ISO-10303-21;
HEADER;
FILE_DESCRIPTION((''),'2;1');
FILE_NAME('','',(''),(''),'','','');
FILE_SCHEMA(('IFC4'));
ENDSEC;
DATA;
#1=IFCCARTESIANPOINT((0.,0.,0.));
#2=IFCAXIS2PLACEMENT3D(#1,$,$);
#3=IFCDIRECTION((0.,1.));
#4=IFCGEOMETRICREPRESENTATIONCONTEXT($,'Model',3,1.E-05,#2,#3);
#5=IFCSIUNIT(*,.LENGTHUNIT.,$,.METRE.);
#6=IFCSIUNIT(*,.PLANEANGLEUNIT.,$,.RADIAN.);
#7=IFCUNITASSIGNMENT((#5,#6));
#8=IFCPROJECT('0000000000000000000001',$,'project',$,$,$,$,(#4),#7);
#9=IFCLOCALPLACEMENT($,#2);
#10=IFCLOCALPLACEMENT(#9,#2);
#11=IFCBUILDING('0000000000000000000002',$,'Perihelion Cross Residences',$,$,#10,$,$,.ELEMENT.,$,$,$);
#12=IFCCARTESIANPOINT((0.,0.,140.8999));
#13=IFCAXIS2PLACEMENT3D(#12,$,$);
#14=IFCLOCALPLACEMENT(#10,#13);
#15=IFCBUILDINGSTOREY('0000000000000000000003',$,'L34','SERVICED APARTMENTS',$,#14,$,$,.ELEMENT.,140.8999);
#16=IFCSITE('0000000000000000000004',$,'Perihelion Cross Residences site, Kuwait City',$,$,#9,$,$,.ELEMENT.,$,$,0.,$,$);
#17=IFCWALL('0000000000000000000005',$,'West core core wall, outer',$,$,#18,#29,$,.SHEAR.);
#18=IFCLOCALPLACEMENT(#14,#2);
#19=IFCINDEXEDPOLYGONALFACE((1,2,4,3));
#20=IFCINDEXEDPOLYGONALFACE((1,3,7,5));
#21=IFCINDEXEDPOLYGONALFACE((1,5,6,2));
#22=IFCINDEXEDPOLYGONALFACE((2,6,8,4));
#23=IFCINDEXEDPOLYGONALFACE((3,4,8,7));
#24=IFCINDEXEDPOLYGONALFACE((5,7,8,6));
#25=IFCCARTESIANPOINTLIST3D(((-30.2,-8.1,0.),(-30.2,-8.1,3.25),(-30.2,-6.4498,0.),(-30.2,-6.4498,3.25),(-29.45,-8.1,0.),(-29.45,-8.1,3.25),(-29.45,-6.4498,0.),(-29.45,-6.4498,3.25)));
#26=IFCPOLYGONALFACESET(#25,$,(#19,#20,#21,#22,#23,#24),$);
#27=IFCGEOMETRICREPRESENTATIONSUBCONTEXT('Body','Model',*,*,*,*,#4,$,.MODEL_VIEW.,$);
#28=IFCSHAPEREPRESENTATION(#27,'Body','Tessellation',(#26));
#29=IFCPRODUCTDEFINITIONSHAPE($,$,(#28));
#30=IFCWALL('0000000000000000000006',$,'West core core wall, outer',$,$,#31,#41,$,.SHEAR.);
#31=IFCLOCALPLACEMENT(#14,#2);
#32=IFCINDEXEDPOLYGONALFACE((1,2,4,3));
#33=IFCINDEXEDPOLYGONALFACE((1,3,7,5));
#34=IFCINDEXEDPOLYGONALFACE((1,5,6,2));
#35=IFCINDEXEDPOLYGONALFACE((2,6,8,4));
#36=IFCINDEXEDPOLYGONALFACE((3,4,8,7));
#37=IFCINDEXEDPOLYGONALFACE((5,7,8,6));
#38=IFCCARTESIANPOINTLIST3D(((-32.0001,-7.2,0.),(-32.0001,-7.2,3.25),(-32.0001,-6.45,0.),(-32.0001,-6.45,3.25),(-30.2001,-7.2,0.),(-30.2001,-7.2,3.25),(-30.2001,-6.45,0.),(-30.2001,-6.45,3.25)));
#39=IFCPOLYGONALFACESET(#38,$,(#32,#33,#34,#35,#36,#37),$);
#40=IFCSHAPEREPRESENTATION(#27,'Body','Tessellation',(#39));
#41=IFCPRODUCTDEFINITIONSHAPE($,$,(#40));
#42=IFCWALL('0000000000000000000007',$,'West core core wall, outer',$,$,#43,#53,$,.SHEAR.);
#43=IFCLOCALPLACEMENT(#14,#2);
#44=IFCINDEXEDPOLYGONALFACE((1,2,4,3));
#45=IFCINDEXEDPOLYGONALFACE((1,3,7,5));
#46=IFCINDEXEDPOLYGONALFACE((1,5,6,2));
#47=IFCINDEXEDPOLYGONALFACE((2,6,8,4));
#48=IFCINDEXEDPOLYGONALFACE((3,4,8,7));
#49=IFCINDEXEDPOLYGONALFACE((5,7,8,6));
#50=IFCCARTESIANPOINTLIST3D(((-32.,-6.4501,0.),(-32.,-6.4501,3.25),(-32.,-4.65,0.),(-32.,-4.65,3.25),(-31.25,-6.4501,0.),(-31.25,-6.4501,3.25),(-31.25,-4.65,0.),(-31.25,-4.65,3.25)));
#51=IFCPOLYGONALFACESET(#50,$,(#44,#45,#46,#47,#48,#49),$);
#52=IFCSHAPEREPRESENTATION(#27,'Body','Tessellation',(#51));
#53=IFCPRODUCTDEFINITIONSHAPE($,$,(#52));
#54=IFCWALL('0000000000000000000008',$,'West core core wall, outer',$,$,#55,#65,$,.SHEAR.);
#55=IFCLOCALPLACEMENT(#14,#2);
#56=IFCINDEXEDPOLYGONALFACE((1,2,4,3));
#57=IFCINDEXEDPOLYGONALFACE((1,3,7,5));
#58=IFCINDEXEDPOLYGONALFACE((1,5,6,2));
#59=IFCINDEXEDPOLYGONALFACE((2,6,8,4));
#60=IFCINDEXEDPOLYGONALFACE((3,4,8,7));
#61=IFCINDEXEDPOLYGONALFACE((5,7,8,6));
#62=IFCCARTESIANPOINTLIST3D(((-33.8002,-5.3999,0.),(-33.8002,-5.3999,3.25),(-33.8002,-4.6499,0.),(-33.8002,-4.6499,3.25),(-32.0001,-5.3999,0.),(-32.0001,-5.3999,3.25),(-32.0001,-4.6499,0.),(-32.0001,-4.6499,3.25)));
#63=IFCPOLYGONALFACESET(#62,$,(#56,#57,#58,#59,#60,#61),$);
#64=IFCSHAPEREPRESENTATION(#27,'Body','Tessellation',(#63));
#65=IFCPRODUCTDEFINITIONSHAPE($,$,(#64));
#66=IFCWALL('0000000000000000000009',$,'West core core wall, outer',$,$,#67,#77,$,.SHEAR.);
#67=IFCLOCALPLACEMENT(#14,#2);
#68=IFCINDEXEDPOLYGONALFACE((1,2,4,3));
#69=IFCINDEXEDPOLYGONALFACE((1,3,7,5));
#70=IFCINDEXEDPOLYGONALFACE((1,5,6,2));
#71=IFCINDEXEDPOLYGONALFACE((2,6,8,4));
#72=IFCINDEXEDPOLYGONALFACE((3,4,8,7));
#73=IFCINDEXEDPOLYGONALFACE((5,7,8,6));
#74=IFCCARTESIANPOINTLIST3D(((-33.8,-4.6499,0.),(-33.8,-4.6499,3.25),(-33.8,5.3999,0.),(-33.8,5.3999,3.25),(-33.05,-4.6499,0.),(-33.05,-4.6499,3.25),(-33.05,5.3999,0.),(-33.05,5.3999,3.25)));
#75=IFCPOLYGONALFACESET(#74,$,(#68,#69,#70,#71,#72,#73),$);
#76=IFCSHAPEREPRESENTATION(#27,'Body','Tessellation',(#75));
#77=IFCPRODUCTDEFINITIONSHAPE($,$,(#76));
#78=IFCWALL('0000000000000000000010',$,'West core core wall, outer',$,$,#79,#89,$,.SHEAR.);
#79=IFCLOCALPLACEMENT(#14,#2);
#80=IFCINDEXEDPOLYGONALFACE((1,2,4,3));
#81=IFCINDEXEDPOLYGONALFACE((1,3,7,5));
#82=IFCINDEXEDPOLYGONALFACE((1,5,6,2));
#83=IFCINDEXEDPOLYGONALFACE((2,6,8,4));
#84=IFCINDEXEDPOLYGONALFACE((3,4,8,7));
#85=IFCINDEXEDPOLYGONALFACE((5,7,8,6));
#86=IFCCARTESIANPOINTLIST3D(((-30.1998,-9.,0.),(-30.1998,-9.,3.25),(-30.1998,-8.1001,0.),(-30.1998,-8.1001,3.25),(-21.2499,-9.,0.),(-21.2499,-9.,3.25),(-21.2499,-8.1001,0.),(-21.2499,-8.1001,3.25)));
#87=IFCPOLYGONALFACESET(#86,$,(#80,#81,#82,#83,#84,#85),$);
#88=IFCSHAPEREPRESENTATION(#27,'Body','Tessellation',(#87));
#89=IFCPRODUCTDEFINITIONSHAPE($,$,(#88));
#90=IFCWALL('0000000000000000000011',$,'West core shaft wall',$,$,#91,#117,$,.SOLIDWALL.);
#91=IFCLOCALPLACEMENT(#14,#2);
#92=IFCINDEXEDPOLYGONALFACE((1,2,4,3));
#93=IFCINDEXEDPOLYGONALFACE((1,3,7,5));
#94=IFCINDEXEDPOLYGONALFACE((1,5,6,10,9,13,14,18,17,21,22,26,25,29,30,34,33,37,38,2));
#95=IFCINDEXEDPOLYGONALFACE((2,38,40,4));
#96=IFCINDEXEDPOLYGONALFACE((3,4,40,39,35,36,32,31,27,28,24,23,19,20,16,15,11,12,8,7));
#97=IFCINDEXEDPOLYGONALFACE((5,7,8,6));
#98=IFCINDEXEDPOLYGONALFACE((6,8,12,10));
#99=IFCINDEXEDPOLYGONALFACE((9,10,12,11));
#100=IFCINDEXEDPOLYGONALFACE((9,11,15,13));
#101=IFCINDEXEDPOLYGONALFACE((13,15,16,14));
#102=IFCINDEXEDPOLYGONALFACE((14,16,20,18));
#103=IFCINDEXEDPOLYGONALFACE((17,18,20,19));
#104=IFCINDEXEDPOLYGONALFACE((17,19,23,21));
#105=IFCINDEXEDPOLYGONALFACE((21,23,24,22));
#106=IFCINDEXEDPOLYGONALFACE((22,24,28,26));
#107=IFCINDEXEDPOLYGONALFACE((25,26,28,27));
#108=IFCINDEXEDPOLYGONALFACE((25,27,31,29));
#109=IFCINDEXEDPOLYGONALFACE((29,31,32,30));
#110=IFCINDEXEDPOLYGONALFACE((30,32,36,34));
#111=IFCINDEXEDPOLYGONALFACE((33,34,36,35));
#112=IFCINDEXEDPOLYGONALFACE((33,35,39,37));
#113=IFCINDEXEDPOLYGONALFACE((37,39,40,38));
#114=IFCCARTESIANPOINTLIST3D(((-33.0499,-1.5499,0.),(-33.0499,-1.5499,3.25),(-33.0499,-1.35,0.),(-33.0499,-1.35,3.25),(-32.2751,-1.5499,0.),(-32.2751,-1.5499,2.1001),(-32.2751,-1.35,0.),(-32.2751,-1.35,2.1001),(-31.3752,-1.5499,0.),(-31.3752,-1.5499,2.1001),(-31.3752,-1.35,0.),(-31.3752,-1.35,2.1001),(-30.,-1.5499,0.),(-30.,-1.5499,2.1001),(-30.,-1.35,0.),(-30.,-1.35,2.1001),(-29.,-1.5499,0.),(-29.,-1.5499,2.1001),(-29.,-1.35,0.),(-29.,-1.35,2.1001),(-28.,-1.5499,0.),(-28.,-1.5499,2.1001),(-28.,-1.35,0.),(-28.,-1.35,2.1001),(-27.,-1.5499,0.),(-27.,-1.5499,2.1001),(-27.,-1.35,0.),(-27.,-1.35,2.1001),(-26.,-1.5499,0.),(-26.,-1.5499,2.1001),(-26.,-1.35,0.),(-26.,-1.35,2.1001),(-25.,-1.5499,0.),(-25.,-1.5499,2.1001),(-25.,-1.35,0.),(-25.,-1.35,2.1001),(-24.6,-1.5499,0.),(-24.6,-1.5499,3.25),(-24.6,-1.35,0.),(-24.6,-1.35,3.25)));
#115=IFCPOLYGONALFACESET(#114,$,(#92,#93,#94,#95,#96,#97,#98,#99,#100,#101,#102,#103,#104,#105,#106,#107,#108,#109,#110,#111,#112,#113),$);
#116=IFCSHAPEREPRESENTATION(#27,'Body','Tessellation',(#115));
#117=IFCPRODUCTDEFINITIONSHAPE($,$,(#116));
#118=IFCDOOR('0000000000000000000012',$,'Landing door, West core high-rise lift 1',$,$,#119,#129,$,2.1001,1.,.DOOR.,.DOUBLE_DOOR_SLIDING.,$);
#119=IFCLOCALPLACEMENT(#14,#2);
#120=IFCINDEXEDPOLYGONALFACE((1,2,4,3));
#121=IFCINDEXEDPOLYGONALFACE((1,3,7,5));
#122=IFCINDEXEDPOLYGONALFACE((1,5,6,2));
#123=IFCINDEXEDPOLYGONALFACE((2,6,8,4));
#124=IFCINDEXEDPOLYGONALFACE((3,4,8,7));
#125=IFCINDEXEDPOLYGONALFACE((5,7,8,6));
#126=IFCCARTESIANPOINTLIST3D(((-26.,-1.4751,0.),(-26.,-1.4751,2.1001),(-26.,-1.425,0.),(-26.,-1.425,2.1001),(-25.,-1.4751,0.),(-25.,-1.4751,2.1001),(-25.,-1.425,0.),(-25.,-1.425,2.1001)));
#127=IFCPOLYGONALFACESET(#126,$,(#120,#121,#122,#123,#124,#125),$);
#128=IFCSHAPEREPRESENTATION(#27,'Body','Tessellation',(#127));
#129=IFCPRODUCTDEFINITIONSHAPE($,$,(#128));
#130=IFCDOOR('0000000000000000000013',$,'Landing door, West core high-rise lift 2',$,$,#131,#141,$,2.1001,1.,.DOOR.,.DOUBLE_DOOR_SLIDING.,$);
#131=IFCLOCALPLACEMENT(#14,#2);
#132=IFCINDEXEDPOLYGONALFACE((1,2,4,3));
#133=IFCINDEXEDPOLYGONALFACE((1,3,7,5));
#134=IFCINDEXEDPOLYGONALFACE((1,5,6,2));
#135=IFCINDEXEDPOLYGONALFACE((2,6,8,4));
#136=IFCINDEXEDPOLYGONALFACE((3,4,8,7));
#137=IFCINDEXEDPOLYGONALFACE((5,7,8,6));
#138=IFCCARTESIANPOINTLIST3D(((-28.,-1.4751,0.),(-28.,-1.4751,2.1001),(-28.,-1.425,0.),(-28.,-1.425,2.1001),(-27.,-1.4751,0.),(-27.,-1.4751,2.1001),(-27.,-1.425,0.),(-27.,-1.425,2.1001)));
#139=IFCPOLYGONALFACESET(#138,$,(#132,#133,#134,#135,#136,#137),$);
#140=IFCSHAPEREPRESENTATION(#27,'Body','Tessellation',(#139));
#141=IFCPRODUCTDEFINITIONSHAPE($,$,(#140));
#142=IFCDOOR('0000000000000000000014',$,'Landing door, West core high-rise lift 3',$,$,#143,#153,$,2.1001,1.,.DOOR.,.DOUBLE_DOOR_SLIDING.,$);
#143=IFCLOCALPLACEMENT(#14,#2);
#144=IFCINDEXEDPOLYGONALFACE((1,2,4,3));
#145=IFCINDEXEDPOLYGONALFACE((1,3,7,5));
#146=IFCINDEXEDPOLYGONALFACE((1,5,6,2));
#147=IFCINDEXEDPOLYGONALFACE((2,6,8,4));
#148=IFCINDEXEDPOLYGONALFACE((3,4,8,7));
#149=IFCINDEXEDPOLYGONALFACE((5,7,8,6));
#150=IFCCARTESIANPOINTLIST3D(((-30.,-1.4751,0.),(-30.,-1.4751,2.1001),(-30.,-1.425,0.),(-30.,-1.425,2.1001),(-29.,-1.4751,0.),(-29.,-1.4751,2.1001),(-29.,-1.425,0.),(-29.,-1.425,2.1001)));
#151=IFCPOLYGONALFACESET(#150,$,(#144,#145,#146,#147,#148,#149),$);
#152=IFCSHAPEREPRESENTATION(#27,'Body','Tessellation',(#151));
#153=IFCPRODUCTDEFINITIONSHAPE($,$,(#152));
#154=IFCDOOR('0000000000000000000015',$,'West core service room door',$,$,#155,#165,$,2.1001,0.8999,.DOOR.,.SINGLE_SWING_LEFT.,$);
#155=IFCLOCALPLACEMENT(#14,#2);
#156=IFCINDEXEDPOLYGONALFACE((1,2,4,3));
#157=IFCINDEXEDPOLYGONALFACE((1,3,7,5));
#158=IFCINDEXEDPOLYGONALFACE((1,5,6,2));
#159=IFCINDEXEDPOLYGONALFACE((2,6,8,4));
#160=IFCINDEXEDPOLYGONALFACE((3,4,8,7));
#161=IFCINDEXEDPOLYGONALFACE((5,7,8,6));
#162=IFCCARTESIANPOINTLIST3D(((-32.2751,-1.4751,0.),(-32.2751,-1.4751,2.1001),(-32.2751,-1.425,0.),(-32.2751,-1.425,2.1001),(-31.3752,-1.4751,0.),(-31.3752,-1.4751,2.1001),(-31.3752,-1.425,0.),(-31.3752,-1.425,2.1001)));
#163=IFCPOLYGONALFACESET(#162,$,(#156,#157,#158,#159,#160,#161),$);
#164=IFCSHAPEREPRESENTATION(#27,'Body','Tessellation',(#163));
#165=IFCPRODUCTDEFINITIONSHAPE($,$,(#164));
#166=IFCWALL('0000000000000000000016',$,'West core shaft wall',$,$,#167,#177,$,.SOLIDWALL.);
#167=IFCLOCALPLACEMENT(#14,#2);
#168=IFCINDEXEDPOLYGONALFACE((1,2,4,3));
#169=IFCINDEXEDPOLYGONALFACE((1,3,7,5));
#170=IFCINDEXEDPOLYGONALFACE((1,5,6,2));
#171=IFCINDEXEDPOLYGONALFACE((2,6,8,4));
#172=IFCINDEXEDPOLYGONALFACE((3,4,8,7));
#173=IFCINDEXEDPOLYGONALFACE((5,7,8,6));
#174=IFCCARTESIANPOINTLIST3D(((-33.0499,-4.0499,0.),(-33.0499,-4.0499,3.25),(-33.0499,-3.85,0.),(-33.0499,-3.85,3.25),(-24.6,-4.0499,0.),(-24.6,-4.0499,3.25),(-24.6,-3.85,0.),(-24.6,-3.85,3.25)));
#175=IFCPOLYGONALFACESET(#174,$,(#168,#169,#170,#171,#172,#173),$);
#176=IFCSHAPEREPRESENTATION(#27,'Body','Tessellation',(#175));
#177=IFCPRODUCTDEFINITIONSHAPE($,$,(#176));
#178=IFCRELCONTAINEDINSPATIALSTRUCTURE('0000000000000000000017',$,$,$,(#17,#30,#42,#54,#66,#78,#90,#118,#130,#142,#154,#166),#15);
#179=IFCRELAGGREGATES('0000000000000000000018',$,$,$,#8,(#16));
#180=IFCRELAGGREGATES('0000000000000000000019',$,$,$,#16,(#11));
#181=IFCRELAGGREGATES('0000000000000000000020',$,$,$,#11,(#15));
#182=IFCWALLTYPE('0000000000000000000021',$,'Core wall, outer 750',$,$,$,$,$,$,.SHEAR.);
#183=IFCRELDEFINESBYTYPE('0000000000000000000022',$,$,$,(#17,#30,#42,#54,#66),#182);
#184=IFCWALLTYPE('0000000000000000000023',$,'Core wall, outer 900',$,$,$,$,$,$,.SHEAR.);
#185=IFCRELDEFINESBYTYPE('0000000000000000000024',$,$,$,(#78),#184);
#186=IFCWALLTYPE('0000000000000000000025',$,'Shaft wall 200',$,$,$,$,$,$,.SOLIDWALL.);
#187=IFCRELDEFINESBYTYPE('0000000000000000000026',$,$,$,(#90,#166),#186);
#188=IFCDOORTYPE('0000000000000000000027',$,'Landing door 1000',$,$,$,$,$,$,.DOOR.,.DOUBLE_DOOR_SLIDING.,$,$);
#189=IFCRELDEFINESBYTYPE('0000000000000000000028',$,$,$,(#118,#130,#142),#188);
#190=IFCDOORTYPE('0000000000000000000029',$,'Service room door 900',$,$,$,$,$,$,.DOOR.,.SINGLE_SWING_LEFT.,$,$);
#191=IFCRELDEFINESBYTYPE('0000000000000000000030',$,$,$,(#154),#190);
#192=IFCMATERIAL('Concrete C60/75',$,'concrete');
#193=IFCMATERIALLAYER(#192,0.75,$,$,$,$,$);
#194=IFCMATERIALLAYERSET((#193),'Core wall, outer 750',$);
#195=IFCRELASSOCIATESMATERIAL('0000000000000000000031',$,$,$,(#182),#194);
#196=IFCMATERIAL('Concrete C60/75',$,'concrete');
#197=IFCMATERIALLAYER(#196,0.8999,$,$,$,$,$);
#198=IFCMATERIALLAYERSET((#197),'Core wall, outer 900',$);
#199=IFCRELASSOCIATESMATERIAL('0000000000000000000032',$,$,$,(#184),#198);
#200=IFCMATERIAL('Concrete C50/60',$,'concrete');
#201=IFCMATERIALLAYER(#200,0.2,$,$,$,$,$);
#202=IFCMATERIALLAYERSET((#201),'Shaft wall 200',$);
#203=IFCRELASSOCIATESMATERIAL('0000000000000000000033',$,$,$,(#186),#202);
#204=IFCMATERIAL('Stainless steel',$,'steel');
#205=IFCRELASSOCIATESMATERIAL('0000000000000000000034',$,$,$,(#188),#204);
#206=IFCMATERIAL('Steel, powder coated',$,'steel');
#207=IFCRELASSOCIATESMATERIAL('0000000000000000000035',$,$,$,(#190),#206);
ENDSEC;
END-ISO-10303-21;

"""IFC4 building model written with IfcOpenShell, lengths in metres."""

from ifc_helpers import new_model, si_unit, direction, frame, frame_2d, origin, place, context, subcontext, project, spatial, rectangle, extrude, material, layer, layer_set, type_object, element, fill, save


model = new_model("IFC4")

# Units and contexts
model_context = context("Model", 3, precision=1e-05, world=origin(), true_north=direction((0.0, 1.0)))
body_context = subcontext(model_context, "Body", "Model", "MODEL_VIEW")
ifc_project = project(units=[si_unit("LENGTHUNIT", "METRE"), si_unit("PLANEANGLEUNIT", "RADIAN")], contexts=[model_context])

# Site, building, storey
site_placement = place(None, origin())
site = spatial("IfcSite", under=ifc_project, at=site_placement, Name="Perihelion Cross Residences site, Kuwait City", CompositionType="ELEMENT", RefElevation=0.0)
building_placement = place(site_placement, origin())
building = spatial("IfcBuilding", under=site, at=building_placement, Name="Perihelion Cross Residences", CompositionType="ELEMENT")
storey_placement = place(building_placement, frame((0.0, 0.0, 140.8999)))
storey = spatial("IfcBuildingStorey", under=building, at=storey_placement, Name="L34", Description="SERVICED APARTMENTS", CompositionType="ELEMENT", Elevation=140.8999)

# Walls
ifc_material_1 = material(Name="Concrete C60/75", Category="concrete")
ifc_layer_1 = layer(ifc_material_1, 0.75)
ifc_layer_set_1 = layer_set([ifc_layer_1], Name="Core wall, outer 750")
wall_type_1 = type_object("IfcWallType", Name="Core wall, outer 750", PredefinedType="SHEAR", material=ifc_layer_set_1)
wall_1_placement = place(storey_placement, frame((-29.825, -8.1001, 0.0), z_axis=(0.0, 0.0, 1.0), x_axis=(0.0, 1.0, 0.0)))
element("IfcWall", 1, at=wall_1_placement, inside=storey, type_object=wall_type_1, Name="West core core wall, outer", PredefinedType="SHEAR", context=body_context, shape_type="SweptSolid", body=[
    extrude(rectangle(XDim=1.6501, YDim=0.75, at=frame_2d((0.8252, 0.0))), origin(), (0.0, 0.0, 1.0), 3.25),
])
for number, where, z_axis, x_axis, name in (
    (2, (-32.0, -6.825, 0.0), (0.0, 0.0, 1.0), (1.0, 0.0, 0.0), "West core core wall, outer"),
    (3, (-31.625, -6.45, 0.0), (0.0, 0.0, 1.0), (0.0, 1.0, 0.0), "West core core wall, outer"),
    (4, (-33.8, -5.0249, 0.0), (0.0, 0.0, 1.0), (1.0, 0.0, 0.0), "West core core wall, outer"),
):
    element("IfcWall", number, at=place(storey_placement, frame(where, z_axis=z_axis, x_axis=x_axis)), inside=storey, type_object=wall_type_1, Name=name, PredefinedType="SHEAR", context=body_context, shape_type="SweptSolid", body=[
        extrude(rectangle(XDim=1.8, YDim=0.75, at=frame_2d((0.8999, 0.0))), origin(), (0.0, 0.0, 1.0), 3.25),
    ])
wall_2_placement = place(storey_placement, frame((-33.425, -4.6499, 0.0), z_axis=(0.0, 0.0, 1.0), x_axis=(0.0, 1.0, 0.0)))
element("IfcWall", 5, at=wall_2_placement, inside=storey, type_object=wall_type_1, Name="West core core wall, outer", PredefinedType="SHEAR", context=body_context, shape_type="SweptSolid", body=[
    extrude(rectangle(XDim=10.0498, YDim=0.75, at=frame_2d((5.0249, 0.0))), origin(), (0.0, 0.0, 1.0), 3.25),
])
ifc_material_2 = material(Name="Concrete C60/75", Category="concrete")
ifc_layer_2 = layer(ifc_material_2, 0.8999)
ifc_layer_set_2 = layer_set([ifc_layer_2], Name="Core wall, outer 900")
wall_type_2 = type_object("IfcWallType", Name="Core wall, outer 900", PredefinedType="SHEAR", material=ifc_layer_set_2)
wall_3_placement = place(storey_placement, frame((-30.2, -8.55, 0.0), z_axis=(0.0, 0.0, 1.0), x_axis=(1.0, 0.0, 0.0)))
element("IfcWall", 6, at=wall_3_placement, inside=storey, type_object=wall_type_2, Name="West core core wall, outer", PredefinedType="SHEAR", context=body_context, shape_type="SweptSolid", body=[
    extrude(rectangle(XDim=8.95, YDim=0.8999, at=frame_2d((4.4751, 0.0))), origin(), (0.0, 0.0, 1.0), 3.25),
])

# Wall, openings, doors
ifc_material_3 = material(Name="Concrete C50/60", Category="concrete")
ifc_layer_3 = layer(ifc_material_3, 0.2)
ifc_layer_set_3 = layer_set([ifc_layer_3], Name="Shaft wall 200")
wall_type_3 = type_object("IfcWallType", Name="Shaft wall 200", PredefinedType="SOLIDWALL", material=ifc_layer_set_3)
wall_4_placement = place(storey_placement, frame((-33.05, -1.45, 0.0), z_axis=(0.0, 0.0, 1.0), x_axis=(1.0, 0.0, 0.0)))
wall_4 = element("IfcWall", 7, at=wall_4_placement, inside=storey, type_object=wall_type_3, Name="West core shaft wall", PredefinedType="SOLIDWALL", context=body_context, shape_type="SweptSolid", body=[
    extrude(rectangle(XDim=8.45, YDim=0.2, at=frame_2d((4.2251, 0.0))), origin(), (0.0, 0.0, 1.0), 3.25),
])
opening_1_placement = place(wall_4_placement, frame((7.05, 0.0, 0.0)))
opening_1 = element("IfcOpeningElement", 8, at=opening_1_placement, cuts=wall_4, PredefinedType="OPENING", context=body_context, shape_type="SweptSolid", body=[
    extrude(rectangle(XDim=1.0, YDim=2.1001, at=frame_2d((0.5, 1.05))), frame((0.0, 0.1099, 0.0), z_axis=(0.0, -1.0, 0.0), x_axis=(1.0, 0.0, 0.0)), (0.0, 0.0, 1.0), 0.22),
])
opening_2_placement = place(wall_4_placement, frame((5.05, 0.0, 0.0)))
opening_2 = element("IfcOpeningElement", 9, at=opening_2_placement, cuts=wall_4, PredefinedType="OPENING", context=body_context, shape_type="SweptSolid", body=[
    extrude(rectangle(XDim=1.0, YDim=2.1001, at=frame_2d((0.5, 1.05))), frame((0.0, 0.1099, 0.0), z_axis=(0.0, -1.0, 0.0), x_axis=(1.0, 0.0, 0.0)), (0.0, 0.0, 1.0), 0.22),
])
opening_3_placement = place(wall_4_placement, frame((3.05, 0.0, 0.0)))
opening_3 = element("IfcOpeningElement", 10, at=opening_3_placement, cuts=wall_4, PredefinedType="OPENING", context=body_context, shape_type="SweptSolid", body=[
    extrude(rectangle(XDim=1.0, YDim=2.1001, at=frame_2d((0.5, 1.05))), frame((0.0, 0.1099, 0.0), z_axis=(0.0, -1.0, 0.0), x_axis=(1.0, 0.0, 0.0)), (0.0, 0.0, 1.0), 0.22),
])
opening_4_placement = place(wall_4_placement, frame((0.7749, 0.0, 0.0)))
opening_4 = element("IfcOpeningElement", 11, at=opening_4_placement, cuts=wall_4, PredefinedType="OPENING", context=body_context, shape_type="SweptSolid", body=[
    extrude(rectangle(XDim=0.8999, YDim=2.1001, at=frame_2d((0.45, 1.05))), frame((0.0, 0.1099, 0.0), z_axis=(0.0, -1.0, 0.0), x_axis=(1.0, 0.0, 0.0)), (0.0, 0.0, 1.0), 0.22),
])
ifc_material_4 = material(Name="Stainless steel", Category="steel")
door_type_1 = type_object("IfcDoorType", Name="Landing door 1000", OperationType="DOUBLE_DOOR_SLIDING", PredefinedType="DOOR", material=ifc_material_4)
door_1_placement = place(opening_1_placement, origin())
door_1 = element("IfcDoor", 12, at=door_1_placement, inside=storey, type_object=door_type_1, Name="Landing door, West core high-rise lift 1", OperationType="DOUBLE_DOOR_SLIDING", OverallHeight=2.1001, OverallWidth=1.0, PredefinedType="DOOR", context=body_context, shape_type="SweptSolid", body=[
    extrude(rectangle(XDim=1.0, YDim=2.1001, at=frame_2d((0.5, 1.05))), frame((0.0, 0.0249, 0.0), z_axis=(0.0, -1.0, 0.0), x_axis=(1.0, 0.0, 0.0)), (0.0, 0.0, 1.0), 0.05),
])
fill(opening_1, door_1)
door_2_placement = place(opening_2_placement, origin())
door_2 = element("IfcDoor", 13, at=door_2_placement, inside=storey, type_object=door_type_1, Name="Landing door, West core high-rise lift 2", OperationType="DOUBLE_DOOR_SLIDING", OverallHeight=2.1001, OverallWidth=1.0, PredefinedType="DOOR", context=body_context, shape_type="SweptSolid", body=[
    extrude(rectangle(XDim=1.0, YDim=2.1001, at=frame_2d((0.5, 1.05))), frame((0.0, 0.0249, 0.0), z_axis=(0.0, -1.0, 0.0), x_axis=(1.0, 0.0, 0.0)), (0.0, 0.0, 1.0), 0.05),
])
fill(opening_2, door_2)
door_3_placement = place(opening_3_placement, origin())
door_3 = element("IfcDoor", 14, at=door_3_placement, inside=storey, type_object=door_type_1, Name="Landing door, West core high-rise lift 3", OperationType="DOUBLE_DOOR_SLIDING", OverallHeight=2.1001, OverallWidth=1.0, PredefinedType="DOOR", context=body_context, shape_type="SweptSolid", body=[
    extrude(rectangle(XDim=1.0, YDim=2.1001, at=frame_2d((0.5, 1.05))), frame((0.0, 0.0249, 0.0), z_axis=(0.0, -1.0, 0.0), x_axis=(1.0, 0.0, 0.0)), (0.0, 0.0, 1.0), 0.05),
])
fill(opening_3, door_3)
ifc_material_5 = material(Name="Steel, powder coated", Category="steel")
door_type_2 = type_object("IfcDoorType", Name="Service room door 900", OperationType="SINGLE_SWING_LEFT", PredefinedType="DOOR", material=ifc_material_5)
door_4_placement = place(opening_4_placement, origin())
door_4 = element("IfcDoor", 15, at=door_4_placement, inside=storey, type_object=door_type_2, Name="West core service room door", OperationType="SINGLE_SWING_LEFT", OverallHeight=2.1001, OverallWidth=0.8999, PredefinedType="DOOR", context=body_context, shape_type="SweptSolid", body=[
    extrude(rectangle(XDim=0.8999, YDim=2.1001, at=frame_2d((0.45, 1.05))), frame((0.0, 0.0249, 0.0), z_axis=(0.0, -1.0, 0.0), x_axis=(1.0, 0.0, 0.0)), (0.0, 0.0, 1.0), 0.05),
])
fill(opening_4, door_4)

# Wall
wall_5_placement = place(storey_placement, frame((-33.05, -3.95, 0.0), z_axis=(0.0, 0.0, 1.0), x_axis=(1.0, 0.0, 0.0)))
element("IfcWall", 16, at=wall_5_placement, inside=storey, type_object=wall_type_3, Name="West core shaft wall", PredefinedType="SOLIDWALL", context=body_context, shape_type="SweptSolid", body=[
    extrude(rectangle(XDim=8.45, YDim=0.2, at=frame_2d((4.2251, 0.0))), origin(), (0.0, 0.0, 1.0), 3.25),
])

save(model, "model.ifc")
